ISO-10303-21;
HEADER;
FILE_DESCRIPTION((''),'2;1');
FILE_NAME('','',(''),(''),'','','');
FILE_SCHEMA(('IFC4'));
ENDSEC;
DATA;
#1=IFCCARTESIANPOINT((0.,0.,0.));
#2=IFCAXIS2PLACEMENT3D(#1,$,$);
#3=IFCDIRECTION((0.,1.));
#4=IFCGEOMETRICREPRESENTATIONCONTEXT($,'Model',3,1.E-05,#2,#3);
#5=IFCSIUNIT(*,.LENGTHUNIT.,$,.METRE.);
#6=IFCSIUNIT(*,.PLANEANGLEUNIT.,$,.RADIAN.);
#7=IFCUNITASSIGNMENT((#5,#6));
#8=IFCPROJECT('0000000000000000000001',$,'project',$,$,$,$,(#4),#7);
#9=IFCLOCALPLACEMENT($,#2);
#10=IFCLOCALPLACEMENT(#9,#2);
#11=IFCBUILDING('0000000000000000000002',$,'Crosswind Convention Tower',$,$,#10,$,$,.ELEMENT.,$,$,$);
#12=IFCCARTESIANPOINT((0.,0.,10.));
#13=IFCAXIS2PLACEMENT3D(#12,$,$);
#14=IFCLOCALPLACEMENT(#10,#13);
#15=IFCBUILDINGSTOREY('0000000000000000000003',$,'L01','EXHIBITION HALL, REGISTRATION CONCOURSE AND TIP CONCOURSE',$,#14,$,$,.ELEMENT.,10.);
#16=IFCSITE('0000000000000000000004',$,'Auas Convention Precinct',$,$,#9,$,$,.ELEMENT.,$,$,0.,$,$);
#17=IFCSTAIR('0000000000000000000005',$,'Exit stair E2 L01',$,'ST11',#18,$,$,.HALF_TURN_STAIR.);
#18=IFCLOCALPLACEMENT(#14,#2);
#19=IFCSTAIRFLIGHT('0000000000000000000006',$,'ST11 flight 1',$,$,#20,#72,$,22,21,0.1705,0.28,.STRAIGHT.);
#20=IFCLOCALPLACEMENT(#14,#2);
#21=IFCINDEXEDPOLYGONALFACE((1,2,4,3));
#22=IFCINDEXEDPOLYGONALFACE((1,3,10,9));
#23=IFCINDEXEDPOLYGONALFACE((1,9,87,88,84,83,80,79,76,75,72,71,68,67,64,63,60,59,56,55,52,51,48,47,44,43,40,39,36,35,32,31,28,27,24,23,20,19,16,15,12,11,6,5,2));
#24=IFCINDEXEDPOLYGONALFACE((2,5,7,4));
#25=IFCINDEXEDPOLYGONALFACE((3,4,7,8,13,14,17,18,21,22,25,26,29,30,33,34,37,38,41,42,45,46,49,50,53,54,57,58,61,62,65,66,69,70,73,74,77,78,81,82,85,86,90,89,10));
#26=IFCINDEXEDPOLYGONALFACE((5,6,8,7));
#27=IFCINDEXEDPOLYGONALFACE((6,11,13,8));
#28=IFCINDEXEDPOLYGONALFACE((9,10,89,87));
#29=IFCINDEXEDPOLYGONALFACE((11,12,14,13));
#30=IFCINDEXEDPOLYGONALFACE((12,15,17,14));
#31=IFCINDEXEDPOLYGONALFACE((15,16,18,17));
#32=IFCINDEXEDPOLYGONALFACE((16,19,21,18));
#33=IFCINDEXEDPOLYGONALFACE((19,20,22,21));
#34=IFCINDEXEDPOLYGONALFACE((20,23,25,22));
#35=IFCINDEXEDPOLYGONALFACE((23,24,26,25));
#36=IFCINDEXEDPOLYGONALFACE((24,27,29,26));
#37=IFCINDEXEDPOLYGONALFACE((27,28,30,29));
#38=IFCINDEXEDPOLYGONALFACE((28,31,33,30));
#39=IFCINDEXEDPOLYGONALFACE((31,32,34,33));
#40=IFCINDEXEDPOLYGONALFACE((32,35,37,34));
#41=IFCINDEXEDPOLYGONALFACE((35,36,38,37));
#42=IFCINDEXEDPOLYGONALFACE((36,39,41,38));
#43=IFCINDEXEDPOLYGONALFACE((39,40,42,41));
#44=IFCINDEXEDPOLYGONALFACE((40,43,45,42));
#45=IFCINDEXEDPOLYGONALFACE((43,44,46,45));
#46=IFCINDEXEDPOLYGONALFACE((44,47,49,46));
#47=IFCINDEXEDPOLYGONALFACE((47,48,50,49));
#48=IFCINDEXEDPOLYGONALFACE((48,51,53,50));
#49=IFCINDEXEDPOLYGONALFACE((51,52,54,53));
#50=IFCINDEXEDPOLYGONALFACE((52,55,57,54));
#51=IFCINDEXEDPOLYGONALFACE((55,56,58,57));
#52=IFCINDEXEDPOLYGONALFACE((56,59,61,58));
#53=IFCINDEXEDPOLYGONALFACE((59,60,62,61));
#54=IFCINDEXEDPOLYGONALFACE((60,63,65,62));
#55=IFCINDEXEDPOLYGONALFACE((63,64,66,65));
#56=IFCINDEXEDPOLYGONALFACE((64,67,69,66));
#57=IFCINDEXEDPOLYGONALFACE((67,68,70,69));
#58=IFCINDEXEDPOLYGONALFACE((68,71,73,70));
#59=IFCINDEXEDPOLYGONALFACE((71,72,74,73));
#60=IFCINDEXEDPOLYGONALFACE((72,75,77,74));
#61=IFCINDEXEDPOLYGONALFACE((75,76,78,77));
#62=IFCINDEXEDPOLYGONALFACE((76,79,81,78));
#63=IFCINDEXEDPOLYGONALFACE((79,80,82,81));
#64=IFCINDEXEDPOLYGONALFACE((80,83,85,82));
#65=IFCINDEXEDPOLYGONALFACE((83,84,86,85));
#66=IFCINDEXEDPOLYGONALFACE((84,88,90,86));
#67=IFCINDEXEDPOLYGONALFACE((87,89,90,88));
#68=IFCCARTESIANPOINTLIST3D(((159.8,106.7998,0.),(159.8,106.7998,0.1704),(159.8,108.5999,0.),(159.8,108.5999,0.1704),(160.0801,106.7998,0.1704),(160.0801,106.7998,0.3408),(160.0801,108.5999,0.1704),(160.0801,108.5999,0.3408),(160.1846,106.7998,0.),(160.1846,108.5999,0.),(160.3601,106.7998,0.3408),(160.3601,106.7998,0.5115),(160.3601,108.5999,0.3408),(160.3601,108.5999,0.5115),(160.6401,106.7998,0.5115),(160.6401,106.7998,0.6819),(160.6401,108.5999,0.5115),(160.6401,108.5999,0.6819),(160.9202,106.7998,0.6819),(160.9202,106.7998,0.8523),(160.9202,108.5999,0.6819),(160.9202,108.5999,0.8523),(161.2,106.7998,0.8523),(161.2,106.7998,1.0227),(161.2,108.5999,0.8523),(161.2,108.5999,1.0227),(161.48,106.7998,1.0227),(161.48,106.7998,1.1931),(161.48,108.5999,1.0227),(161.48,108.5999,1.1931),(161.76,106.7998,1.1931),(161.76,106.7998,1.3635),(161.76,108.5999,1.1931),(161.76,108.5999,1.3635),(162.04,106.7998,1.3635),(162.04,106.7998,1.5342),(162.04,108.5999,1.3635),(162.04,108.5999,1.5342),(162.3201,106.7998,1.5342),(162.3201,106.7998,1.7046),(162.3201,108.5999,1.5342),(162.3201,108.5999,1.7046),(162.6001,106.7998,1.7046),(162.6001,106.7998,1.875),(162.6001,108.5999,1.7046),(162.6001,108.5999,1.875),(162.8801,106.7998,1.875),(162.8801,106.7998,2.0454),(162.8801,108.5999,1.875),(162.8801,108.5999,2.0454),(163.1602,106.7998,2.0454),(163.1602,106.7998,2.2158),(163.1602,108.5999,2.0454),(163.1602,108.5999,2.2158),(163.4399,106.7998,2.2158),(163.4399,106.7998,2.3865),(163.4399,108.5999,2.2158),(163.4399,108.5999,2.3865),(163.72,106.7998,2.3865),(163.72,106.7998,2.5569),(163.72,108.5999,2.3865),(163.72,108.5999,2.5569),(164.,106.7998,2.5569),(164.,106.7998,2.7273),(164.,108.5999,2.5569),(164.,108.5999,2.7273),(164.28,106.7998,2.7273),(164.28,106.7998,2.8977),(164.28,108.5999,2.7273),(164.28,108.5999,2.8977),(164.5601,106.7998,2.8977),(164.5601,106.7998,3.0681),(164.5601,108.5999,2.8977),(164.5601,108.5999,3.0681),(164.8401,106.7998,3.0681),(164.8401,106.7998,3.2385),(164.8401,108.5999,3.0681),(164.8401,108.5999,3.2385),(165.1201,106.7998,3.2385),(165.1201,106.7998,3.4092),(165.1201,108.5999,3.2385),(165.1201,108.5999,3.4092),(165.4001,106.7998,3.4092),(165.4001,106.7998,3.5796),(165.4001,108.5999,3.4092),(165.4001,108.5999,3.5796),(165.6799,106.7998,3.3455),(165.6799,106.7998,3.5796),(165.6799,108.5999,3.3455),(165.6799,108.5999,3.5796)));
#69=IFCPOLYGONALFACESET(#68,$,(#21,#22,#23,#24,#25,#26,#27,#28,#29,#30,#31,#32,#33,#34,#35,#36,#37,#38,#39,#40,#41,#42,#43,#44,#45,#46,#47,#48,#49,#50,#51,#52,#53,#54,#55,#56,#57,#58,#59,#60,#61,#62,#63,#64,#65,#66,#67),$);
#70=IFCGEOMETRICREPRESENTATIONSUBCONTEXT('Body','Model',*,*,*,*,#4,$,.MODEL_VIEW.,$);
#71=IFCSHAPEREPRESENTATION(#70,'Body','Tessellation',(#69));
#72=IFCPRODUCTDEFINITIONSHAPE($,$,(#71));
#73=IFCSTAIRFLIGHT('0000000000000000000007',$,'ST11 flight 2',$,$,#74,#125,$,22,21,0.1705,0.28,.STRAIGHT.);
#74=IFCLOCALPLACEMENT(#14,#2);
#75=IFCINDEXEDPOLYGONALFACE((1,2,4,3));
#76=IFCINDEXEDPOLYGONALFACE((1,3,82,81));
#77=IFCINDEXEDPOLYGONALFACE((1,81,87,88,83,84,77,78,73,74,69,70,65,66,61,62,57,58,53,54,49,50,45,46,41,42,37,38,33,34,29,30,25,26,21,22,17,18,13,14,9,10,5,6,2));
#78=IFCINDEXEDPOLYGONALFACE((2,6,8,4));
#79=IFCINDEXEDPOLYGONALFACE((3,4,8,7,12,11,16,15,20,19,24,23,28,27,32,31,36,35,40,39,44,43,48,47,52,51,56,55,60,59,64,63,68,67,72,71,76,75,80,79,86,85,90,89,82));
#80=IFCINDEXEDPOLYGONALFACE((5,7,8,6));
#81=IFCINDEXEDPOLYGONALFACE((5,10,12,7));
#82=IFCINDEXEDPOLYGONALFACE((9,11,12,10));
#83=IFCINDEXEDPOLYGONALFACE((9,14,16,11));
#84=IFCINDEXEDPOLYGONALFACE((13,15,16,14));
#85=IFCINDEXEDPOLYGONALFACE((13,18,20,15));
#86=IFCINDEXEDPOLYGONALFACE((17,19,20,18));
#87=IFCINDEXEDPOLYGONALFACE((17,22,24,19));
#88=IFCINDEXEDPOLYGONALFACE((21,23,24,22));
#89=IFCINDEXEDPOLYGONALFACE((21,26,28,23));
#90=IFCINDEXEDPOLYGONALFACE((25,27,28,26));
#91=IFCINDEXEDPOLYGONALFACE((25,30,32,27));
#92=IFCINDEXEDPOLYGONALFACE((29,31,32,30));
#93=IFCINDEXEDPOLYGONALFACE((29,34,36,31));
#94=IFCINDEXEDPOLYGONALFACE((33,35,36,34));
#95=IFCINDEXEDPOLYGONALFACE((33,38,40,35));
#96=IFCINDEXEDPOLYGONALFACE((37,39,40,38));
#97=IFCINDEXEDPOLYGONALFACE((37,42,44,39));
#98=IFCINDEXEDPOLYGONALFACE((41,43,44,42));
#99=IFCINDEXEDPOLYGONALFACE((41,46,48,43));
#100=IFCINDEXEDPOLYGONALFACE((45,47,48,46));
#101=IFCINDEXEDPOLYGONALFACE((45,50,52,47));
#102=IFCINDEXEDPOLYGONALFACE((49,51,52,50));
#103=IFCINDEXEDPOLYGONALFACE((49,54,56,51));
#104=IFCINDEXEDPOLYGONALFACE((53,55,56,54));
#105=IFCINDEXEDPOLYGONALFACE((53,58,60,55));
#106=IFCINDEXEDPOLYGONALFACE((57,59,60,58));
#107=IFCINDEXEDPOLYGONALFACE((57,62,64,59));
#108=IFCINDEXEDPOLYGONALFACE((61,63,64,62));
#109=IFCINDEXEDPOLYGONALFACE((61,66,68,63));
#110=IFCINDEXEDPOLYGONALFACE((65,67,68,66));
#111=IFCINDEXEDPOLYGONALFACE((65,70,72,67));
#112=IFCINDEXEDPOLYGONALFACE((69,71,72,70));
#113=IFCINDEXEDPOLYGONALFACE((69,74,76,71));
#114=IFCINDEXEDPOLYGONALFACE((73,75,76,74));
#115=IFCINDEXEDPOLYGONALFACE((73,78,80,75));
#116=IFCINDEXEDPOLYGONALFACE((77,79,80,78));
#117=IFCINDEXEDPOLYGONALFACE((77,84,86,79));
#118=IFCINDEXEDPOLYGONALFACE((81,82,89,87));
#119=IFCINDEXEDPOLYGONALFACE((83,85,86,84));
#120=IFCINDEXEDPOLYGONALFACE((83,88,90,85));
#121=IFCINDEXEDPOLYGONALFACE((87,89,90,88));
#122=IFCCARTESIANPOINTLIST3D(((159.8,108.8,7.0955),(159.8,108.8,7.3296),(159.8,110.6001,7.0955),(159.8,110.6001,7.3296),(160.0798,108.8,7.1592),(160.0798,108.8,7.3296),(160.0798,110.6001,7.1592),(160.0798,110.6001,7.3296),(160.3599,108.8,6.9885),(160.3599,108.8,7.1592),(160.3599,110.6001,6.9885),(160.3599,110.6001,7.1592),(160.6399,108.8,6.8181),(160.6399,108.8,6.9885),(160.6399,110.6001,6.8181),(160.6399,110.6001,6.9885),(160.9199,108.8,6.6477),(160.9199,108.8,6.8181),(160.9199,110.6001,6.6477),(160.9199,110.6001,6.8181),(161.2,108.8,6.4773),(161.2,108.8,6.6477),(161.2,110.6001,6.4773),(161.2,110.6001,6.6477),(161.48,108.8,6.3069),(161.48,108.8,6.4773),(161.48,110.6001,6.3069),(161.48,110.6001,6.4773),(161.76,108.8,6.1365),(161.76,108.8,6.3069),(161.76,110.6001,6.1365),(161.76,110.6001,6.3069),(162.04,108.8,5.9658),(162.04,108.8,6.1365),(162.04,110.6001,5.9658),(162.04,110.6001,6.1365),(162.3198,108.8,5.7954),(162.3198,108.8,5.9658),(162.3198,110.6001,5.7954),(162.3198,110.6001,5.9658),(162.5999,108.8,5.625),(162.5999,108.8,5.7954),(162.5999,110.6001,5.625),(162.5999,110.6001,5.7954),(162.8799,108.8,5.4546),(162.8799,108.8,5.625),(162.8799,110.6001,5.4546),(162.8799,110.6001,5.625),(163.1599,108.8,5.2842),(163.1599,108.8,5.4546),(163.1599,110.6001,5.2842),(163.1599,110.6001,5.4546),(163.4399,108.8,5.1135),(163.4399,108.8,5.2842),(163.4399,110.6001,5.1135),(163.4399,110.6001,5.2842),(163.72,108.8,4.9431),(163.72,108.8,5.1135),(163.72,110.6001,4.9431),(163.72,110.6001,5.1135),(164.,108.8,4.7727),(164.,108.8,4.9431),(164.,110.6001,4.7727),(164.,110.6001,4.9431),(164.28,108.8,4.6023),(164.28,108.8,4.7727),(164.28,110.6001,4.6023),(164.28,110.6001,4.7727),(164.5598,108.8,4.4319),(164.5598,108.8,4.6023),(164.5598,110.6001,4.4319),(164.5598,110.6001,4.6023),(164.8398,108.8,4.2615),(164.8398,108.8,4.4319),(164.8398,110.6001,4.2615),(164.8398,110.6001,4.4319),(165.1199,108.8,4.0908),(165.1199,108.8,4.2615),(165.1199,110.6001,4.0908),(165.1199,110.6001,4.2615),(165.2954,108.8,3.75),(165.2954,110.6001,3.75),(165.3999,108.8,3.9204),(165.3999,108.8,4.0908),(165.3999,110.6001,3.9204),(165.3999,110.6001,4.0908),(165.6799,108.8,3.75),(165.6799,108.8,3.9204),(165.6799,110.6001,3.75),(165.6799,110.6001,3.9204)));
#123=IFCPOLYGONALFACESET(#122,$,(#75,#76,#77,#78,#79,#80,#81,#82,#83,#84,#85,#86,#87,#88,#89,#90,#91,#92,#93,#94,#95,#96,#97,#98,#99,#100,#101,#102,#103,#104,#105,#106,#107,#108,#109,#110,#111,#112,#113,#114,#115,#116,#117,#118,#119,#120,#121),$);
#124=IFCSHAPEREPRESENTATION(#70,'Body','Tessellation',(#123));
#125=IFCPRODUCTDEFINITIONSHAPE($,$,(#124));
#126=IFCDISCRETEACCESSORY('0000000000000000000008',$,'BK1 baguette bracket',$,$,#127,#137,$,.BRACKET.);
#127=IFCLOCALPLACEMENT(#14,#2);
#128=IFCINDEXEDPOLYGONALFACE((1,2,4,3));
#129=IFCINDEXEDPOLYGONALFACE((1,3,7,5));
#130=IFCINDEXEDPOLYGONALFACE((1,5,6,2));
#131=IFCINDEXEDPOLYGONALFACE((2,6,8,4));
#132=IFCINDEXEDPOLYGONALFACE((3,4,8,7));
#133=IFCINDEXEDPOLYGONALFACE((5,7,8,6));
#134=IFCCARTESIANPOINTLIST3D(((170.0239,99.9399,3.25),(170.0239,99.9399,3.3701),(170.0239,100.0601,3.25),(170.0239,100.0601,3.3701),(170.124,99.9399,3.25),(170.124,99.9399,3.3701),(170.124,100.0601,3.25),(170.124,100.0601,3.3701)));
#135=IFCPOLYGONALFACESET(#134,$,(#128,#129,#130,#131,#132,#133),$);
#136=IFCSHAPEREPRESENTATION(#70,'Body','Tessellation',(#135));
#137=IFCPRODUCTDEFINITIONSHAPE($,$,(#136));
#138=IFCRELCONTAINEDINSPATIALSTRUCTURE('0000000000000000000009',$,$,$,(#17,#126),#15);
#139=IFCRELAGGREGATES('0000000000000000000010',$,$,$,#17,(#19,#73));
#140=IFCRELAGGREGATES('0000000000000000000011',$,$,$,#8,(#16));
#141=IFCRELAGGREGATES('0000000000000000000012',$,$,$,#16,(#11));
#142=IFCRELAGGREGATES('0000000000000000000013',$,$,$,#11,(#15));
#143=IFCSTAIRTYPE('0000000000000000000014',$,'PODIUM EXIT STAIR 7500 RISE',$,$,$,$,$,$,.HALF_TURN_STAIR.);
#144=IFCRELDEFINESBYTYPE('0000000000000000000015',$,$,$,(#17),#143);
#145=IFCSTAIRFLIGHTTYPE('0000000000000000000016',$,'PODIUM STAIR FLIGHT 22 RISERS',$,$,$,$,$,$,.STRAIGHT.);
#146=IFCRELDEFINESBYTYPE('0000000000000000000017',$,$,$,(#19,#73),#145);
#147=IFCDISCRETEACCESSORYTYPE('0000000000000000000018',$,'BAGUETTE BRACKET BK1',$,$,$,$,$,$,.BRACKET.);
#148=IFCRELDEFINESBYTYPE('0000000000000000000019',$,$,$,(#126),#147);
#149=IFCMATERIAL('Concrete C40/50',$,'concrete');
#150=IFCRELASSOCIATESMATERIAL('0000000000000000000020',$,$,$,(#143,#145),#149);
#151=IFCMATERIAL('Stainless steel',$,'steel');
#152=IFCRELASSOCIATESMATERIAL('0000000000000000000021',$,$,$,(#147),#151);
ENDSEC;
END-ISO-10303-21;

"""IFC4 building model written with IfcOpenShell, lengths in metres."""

from ifc_helpers import new_model, si_unit, direction, frame, origin, origin_2d, place, context, subcontext, project, spatial, polyline, rectangle, outline, extrude, material, type_object, element, aggregate, save


model = new_model("IFC4")

# Units and contexts
model_context = context("Model", 3, precision=1e-05, world=origin(), true_north=direction((0.0, 1.0)))
body_context = subcontext(model_context, "Body", "Model", "MODEL_VIEW")
ifc_project = project(units=[si_unit("LENGTHUNIT", "METRE"), si_unit("PLANEANGLEUNIT", "RADIAN")], contexts=[model_context])

# Site, building, storey
site_placement = place(None, origin())
site = spatial("IfcSite", under=ifc_project, at=site_placement, Name="Auas Convention Precinct", CompositionType="ELEMENT", RefElevation=0.0)
building_placement = place(site_placement, origin())
building = spatial("IfcBuilding", under=site, at=building_placement, Name="Crosswind Convention Tower", CompositionType="ELEMENT")
storey_placement = place(building_placement, frame((0.0, 0.0, 10.0)))
storey = spatial("IfcBuildingStorey", under=building, at=storey_placement, Name="L01", Description="EXHIBITION HALL, REGISTRATION CONCOURSE AND TIP CONCOURSE", CompositionType="ELEMENT", Elevation=10.0)

# Shared definitions
ifc_material_1 = material(Name="Concrete C40/50", Category="concrete")

# Stair, stair flights
stair_type = type_object("IfcStairType", Name="PODIUM EXIT STAIR 7500 RISE", PredefinedType="HALF_TURN_STAIR", material=ifc_material_1)
stair_placement = place(storey_placement, origin())
stair = element("IfcStair", 1, at=stair_placement, inside=storey, type_object=stair_type, Name="Exit stair E2 L01", ObjectType="ST11", PredefinedType="HALF_TURN_STAIR")
stair_flight_type = type_object("IfcStairFlightType", Name="PODIUM STAIR FLIGHT 22 RISERS", PredefinedType="STRAIGHT", material=ifc_material_1)
stair_flight_1_placement = place(storey_placement, frame((159.8, 107.7, 0.0), z_axis=(0.0, 0.0, 1.0), x_axis=(1.0, 0.0, 0.0)))
stair_flight_1 = element("IfcStairFlight", 2, at=stair_flight_1_placement, type_object=stair_flight_type, Name="ST11 flight 1", NumberOfRisers=22, NumberOfTreads=21, PredefinedType="STRAIGHT", RiserHeight=0.1705, TreadLength=0.28, context=body_context, shape_type="SweptSolid", body=[
    extrude(outline(polyline([(0.0, 0.0), (0.0, 0.1704), (0.28, 0.1704), (0.28, 0.3408), (0.5601, 0.3408), (0.5601, 0.5115), (0.8401, 0.5115), (0.8401, 0.6819), (1.1201, 0.6819), (1.1201, 0.8523), (1.3999, 0.8523), (1.3999, 1.0227), (1.6799, 1.0227), (1.6799, 1.1931), (1.96, 1.1931), (1.96, 1.3635), (2.24, 1.3635), (2.24, 1.5342), (2.52, 1.5342), (2.52, 1.7046), (2.8, 1.7046), (2.8, 1.875), (3.0801, 1.875), (3.0801, 2.0454), (3.3601, 2.0454), (3.3601, 2.2158), (3.6399, 2.2158), (3.6399, 2.3865), (3.9199, 2.3865), (3.9199, 2.5569), (4.2, 2.5569), (4.2, 2.7273), (4.48, 2.7273), (4.48, 2.8977), (4.76, 2.8977), (4.76, 3.0681), (5.04, 3.0681), (5.04, 3.2385), (5.3201, 3.2385), (5.3201, 3.4092), (5.6001, 3.4092), (5.6001, 3.5796), (5.8799, 3.5796), (5.8799, 3.75), (5.8799, 3.3455), (0.3845, 0.0), (0.0, 0.0)])), frame((0.0, 0.8999, 0.0), z_axis=(0.0, -1.0, 0.0), x_axis=(1.0, 0.0, 0.0)), (0.0, 0.0, 1.0), 1.8),
])
stair_flight_2_placement = place(storey_placement, frame((165.6799, 109.7, 3.75), z_axis=(0.0, 0.0, 1.0), x_axis=(-1.0, 0.0, 0.0)))
stair_flight_2 = element("IfcStairFlight", 3, at=stair_flight_2_placement, type_object=stair_flight_type, Name="ST11 flight 2", NumberOfRisers=22, NumberOfTreads=21, PredefinedType="STRAIGHT", RiserHeight=0.1705, TreadLength=0.28, context=body_context, shape_type="SweptSolid", body=[
    extrude(outline(polyline([(0.0, 0.0), (0.0, 0.1704), (0.28, 0.1704), (0.28, 0.3408), (0.5601, 0.3408), (0.5601, 0.5115), (0.8401, 0.5115), (0.8401, 0.6819), (1.1201, 0.6819), (1.1201, 0.8523), (1.3999, 0.8523), (1.3999, 1.0227), (1.6799, 1.0227), (1.6799, 1.1931), (1.96, 1.1931), (1.96, 1.3635), (2.24, 1.3635), (2.24, 1.5342), (2.52, 1.5342), (2.52, 1.7046), (2.8, 1.7046), (2.8, 1.875), (3.0801, 1.875), (3.0801, 2.0454), (3.3601, 2.0454), (3.3601, 2.2158), (3.6399, 2.2158), (3.6399, 2.3865), (3.9199, 2.3865), (3.9199, 2.5569), (4.2, 2.5569), (4.2, 2.7273), (4.48, 2.7273), (4.48, 2.8977), (4.76, 2.8977), (4.76, 3.0681), (5.04, 3.0681), (5.04, 3.2385), (5.3201, 3.2385), (5.3201, 3.4092), (5.6001, 3.4092), (5.6001, 3.5796), (5.8799, 3.5796), (5.8799, 3.75), (5.8799, 3.3455), (0.3845, 0.0), (0.0, 0.0)])), frame((0.0, 0.8999, 0.0), z_axis=(0.0, -1.0, 0.0), x_axis=(1.0, 0.0, 0.0)), (0.0, 0.0, 1.0), 1.8),
])
aggregate(stair, [stair_flight_1, stair_flight_2])

# Shared definitions
ifc_material_2 = material(Name="Stainless steel", Category="steel")

# Discrete accessory
discrete_accessory_type = type_object("IfcDiscreteAccessoryType", Name="BAGUETTE BRACKET BK1", PredefinedType="BRACKET", material=ifc_material_2)
discrete_accessory_placement = place(storey_placement, frame((170.074, 100.0, 3.25), z_axis=(0.0, 0.0, 1.0), x_axis=(0.0, 1.0, 0.0)))
element("IfcDiscreteAccessory", 4, at=discrete_accessory_placement, inside=storey, type_object=discrete_accessory_type, Name="BK1 baguette bracket", PredefinedType="BRACKET", context=body_context, shape_type="SweptSolid", body=[
    extrude(rectangle(XDim=0.1201, YDim=0.1001, at=origin_2d()), origin(), (0.0, 0.0, 1.0), 0.1201),
])

save(model, "model.ifc")
